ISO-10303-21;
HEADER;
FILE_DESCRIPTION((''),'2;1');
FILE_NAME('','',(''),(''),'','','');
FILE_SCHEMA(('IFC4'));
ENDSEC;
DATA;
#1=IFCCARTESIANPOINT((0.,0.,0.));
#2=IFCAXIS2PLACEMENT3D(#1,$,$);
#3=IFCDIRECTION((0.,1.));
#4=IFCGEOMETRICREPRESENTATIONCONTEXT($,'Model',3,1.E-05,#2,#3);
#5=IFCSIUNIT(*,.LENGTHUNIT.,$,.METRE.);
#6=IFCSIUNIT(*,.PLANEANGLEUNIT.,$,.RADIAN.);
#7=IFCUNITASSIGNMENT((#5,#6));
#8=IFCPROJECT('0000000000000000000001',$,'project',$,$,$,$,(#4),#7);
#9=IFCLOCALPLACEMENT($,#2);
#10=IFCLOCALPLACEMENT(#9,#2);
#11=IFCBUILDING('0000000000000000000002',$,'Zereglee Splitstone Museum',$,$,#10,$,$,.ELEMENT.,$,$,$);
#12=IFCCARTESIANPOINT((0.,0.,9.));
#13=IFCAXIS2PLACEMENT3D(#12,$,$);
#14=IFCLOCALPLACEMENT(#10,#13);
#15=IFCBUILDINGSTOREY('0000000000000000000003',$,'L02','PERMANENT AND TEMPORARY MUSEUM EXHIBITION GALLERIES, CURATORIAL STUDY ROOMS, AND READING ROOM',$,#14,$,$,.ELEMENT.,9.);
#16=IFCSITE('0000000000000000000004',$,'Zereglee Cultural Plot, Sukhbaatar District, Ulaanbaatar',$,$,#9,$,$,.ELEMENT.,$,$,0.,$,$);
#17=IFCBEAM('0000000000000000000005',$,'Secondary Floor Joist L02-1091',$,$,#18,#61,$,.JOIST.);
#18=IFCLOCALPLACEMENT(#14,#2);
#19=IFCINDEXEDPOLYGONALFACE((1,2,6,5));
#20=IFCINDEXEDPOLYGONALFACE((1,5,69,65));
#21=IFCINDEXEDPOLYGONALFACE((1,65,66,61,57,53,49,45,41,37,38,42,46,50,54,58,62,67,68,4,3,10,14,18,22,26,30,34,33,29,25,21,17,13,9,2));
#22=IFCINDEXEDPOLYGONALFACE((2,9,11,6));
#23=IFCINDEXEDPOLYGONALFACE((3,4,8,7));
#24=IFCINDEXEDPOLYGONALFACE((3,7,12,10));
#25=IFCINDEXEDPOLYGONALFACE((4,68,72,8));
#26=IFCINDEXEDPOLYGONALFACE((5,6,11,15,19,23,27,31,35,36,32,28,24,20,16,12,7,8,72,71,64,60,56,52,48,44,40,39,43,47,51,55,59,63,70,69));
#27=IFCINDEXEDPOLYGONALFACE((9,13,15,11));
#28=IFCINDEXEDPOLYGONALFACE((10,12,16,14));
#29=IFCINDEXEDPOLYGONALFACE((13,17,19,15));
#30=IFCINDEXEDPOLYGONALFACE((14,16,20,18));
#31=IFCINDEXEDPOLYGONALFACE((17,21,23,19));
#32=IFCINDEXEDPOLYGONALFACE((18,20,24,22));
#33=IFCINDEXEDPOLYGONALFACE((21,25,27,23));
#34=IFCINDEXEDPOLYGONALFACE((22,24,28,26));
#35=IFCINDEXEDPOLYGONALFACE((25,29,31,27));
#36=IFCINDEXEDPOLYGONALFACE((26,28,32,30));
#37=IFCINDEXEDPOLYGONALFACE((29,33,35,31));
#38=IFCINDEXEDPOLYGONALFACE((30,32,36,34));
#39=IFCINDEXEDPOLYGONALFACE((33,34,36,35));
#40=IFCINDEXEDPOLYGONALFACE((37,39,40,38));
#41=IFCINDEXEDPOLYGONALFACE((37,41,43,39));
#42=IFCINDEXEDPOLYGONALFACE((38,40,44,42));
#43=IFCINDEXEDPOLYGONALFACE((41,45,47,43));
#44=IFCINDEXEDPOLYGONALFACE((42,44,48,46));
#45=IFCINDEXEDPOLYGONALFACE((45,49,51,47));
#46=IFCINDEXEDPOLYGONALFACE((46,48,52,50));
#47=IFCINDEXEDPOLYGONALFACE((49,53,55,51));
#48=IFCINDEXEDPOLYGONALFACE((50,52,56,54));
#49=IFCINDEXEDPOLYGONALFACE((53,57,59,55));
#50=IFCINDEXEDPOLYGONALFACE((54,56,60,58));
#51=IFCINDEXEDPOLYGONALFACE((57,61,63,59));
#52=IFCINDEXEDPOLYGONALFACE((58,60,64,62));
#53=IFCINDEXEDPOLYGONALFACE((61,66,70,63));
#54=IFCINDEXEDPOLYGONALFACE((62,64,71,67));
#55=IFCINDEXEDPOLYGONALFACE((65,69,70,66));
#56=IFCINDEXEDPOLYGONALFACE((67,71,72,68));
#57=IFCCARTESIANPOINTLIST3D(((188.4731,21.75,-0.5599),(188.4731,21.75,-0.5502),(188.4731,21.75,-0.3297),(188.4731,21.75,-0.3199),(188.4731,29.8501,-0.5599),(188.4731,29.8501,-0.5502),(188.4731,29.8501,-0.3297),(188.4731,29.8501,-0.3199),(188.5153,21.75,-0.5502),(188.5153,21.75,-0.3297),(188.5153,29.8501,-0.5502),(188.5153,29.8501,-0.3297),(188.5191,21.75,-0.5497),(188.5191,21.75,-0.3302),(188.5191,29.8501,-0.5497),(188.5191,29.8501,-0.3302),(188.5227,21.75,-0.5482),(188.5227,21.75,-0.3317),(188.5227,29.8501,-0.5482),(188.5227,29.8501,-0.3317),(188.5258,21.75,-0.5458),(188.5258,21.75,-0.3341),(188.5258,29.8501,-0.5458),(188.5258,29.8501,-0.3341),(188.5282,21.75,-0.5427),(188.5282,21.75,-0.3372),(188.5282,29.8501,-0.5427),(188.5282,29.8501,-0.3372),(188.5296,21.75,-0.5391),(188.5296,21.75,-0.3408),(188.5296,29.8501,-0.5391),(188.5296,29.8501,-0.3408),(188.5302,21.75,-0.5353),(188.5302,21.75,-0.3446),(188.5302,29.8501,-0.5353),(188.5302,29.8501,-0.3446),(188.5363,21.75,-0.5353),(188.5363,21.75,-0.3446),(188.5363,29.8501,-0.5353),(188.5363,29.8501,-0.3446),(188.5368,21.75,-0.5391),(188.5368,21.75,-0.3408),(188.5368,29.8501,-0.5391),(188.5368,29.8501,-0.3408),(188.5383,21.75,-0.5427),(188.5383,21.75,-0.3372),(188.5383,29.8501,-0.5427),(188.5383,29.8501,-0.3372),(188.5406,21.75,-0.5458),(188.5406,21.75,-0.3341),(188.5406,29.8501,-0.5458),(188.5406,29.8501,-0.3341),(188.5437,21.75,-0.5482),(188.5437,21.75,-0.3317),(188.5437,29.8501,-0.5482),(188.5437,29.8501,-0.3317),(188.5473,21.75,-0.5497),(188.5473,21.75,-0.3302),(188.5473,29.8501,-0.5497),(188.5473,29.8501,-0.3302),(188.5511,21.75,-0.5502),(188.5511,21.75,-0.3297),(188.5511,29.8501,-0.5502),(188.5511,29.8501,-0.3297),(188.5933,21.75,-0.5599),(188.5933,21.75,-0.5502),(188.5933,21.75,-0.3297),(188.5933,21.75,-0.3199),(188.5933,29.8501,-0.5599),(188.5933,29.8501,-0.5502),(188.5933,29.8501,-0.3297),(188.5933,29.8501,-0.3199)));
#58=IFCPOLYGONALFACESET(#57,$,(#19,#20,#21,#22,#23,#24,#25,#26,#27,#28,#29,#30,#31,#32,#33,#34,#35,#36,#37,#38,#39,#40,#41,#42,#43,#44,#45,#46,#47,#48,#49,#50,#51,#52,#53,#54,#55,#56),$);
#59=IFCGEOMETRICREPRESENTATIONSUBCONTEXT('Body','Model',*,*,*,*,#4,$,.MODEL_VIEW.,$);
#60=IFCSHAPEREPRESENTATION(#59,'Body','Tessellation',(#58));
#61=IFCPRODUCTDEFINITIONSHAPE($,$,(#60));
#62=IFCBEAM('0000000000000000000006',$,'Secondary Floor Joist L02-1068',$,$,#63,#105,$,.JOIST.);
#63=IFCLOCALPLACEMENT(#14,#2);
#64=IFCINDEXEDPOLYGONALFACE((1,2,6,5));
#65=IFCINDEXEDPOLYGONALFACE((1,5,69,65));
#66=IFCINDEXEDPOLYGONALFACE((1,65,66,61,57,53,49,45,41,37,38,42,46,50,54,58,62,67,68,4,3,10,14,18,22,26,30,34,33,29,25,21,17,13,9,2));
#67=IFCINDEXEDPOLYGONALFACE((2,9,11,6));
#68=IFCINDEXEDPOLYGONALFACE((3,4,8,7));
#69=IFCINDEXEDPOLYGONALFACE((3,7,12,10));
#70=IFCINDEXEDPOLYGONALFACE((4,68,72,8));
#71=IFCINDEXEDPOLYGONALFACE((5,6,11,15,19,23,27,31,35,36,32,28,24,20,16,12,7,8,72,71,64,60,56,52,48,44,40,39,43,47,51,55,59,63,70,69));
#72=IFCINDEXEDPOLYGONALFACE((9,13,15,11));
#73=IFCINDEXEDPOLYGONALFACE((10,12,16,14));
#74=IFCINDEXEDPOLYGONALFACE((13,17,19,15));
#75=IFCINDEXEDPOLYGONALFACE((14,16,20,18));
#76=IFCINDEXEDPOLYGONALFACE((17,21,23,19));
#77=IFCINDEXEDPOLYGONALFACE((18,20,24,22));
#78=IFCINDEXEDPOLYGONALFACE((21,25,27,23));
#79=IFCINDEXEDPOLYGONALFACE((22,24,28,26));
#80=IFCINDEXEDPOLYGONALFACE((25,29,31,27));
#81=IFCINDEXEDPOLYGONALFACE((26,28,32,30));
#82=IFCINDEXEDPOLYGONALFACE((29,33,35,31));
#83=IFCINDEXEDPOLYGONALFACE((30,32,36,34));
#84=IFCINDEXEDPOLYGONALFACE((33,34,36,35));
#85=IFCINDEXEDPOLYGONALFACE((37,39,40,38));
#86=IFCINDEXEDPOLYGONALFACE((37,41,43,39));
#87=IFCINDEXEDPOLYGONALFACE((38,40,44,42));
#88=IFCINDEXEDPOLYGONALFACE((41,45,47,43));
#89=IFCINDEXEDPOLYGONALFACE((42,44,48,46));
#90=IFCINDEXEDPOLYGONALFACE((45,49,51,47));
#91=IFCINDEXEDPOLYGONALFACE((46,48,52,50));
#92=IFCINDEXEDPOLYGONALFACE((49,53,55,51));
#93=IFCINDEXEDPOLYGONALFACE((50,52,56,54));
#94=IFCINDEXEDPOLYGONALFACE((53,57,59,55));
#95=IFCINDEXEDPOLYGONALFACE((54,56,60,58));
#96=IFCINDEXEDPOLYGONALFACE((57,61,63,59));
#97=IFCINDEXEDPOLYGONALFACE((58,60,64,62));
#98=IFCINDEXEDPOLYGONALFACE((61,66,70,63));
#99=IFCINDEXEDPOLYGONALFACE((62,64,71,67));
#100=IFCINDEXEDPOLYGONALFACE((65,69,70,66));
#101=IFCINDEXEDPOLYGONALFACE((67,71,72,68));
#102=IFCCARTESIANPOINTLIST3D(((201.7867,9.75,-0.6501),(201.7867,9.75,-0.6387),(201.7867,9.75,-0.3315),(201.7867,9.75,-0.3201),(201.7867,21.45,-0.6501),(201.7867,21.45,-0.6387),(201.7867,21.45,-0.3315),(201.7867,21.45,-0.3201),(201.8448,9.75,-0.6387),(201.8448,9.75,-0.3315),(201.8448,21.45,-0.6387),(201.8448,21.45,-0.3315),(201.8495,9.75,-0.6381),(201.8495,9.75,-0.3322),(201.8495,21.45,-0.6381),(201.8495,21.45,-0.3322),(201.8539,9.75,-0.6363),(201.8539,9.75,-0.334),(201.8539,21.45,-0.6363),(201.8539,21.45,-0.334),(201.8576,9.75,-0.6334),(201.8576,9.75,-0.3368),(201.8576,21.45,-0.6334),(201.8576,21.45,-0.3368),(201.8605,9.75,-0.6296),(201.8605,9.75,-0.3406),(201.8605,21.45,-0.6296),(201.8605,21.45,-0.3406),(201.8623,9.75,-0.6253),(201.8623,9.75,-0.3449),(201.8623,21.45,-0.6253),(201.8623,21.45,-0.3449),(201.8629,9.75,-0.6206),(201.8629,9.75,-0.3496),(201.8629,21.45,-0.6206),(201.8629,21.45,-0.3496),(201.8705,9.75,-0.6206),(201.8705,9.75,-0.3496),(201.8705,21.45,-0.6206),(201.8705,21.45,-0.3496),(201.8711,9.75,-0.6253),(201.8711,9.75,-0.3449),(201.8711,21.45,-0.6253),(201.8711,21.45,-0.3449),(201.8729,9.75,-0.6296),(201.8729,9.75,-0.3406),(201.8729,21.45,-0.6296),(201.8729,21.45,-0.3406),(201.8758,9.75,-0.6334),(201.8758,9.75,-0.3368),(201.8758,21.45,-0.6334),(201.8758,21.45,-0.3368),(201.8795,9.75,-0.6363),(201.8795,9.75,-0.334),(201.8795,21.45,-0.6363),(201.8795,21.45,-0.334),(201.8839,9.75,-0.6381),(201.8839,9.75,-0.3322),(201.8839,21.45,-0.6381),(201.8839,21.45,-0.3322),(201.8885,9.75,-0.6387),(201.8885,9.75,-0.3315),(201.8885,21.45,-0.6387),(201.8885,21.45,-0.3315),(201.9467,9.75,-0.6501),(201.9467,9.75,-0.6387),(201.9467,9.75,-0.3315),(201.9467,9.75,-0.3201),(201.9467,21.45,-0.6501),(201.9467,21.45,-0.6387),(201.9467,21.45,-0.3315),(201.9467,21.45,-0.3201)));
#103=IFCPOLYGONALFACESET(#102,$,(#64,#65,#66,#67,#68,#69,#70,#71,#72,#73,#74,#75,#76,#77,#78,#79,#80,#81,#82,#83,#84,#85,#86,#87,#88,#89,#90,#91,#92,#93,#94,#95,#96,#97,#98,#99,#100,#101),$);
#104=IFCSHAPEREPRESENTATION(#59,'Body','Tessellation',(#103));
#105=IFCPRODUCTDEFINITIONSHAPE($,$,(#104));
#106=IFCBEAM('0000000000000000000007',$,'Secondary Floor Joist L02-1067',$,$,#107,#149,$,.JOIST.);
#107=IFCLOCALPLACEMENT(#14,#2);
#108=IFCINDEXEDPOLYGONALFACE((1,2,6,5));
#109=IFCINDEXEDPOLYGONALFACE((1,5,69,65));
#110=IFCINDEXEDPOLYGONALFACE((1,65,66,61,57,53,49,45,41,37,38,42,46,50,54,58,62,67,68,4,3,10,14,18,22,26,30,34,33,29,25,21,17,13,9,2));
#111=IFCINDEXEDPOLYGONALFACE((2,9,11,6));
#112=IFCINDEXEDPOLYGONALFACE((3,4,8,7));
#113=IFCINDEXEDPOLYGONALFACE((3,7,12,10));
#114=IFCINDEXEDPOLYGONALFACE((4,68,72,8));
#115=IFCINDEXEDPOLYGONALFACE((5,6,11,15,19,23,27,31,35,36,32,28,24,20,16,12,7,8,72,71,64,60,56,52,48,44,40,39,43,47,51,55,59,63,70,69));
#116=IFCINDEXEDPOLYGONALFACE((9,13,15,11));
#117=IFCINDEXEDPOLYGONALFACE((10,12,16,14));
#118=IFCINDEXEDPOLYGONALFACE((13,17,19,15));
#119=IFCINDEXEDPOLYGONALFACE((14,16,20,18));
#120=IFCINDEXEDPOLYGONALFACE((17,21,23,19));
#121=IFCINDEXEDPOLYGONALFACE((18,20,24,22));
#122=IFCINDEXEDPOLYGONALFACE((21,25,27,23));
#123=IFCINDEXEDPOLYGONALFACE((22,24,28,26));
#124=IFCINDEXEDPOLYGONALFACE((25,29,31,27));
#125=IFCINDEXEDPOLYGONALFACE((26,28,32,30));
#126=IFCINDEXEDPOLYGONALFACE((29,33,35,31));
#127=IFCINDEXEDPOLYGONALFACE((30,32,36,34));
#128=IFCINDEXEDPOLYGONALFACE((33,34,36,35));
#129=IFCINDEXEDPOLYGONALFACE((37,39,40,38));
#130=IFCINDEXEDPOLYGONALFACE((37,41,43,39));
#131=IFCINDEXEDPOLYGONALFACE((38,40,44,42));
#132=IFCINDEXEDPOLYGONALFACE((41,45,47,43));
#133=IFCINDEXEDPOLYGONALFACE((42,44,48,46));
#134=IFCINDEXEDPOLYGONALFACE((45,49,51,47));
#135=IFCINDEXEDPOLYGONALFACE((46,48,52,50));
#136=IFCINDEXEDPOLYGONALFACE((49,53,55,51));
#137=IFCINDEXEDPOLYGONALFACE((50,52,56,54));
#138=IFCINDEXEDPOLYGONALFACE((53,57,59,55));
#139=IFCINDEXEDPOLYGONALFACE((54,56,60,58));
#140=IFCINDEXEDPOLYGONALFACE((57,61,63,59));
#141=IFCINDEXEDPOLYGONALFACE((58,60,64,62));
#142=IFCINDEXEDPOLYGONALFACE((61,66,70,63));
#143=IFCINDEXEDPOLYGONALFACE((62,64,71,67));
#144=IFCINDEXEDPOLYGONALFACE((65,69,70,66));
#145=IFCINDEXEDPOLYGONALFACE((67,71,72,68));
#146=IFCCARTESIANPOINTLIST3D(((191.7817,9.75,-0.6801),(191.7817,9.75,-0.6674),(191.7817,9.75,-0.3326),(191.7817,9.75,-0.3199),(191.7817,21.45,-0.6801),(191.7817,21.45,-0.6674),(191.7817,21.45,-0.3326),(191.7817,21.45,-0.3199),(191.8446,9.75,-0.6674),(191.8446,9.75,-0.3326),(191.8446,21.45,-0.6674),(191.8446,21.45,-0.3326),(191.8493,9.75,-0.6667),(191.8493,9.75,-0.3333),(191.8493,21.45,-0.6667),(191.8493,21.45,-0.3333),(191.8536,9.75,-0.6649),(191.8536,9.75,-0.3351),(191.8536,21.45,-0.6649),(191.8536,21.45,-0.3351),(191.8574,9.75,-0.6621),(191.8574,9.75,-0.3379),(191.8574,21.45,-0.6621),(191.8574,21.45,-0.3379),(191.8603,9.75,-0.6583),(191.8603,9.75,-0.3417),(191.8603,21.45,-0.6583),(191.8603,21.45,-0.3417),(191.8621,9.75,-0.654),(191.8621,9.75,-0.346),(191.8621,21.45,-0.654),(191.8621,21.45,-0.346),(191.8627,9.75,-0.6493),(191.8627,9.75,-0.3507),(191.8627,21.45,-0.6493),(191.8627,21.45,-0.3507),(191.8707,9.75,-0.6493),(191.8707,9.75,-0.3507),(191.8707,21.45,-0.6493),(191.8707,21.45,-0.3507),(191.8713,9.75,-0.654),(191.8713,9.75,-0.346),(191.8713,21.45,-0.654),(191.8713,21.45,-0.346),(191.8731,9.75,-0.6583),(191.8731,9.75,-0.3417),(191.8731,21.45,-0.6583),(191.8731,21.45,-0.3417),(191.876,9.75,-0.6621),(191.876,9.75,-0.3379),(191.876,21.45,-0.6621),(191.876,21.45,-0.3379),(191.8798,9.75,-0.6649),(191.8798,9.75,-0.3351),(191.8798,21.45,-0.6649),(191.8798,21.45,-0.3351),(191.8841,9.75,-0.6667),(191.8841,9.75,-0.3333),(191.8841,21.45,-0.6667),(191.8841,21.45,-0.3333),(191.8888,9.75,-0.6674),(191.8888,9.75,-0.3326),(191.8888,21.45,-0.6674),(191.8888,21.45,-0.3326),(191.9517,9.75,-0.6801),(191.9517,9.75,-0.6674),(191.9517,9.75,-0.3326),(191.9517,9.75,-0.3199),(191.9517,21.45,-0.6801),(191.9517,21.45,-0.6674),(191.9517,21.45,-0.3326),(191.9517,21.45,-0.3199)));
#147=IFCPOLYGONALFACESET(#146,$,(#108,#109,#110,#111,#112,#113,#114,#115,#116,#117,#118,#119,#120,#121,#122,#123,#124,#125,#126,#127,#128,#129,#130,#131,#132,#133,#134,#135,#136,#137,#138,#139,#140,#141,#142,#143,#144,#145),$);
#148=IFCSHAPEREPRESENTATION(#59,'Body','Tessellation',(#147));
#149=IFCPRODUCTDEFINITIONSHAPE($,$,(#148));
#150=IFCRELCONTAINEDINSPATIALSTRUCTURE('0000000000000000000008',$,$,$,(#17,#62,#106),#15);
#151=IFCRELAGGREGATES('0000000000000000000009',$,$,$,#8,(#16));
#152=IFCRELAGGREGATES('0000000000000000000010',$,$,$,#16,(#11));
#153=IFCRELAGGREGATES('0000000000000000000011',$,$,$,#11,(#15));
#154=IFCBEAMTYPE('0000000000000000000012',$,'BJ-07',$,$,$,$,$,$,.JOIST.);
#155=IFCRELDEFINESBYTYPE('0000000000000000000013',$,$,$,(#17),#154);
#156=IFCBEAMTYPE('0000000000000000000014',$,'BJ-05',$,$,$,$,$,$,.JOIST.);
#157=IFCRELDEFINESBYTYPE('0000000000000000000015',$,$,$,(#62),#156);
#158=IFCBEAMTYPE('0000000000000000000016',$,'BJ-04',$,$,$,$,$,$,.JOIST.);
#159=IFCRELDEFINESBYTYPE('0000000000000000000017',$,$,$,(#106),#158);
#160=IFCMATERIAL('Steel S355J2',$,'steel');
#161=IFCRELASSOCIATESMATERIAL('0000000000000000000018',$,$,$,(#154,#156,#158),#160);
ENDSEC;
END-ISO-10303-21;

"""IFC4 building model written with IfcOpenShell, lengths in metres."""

from ifc_helpers import new_model, si_unit, direction, frame, origin, origin_2d, place, context, subcontext, project, spatial, i_section, extrude, material, material_profile, profile_set, type_object, element, save


model = new_model("IFC4")

# Units and contexts
model_context = context("Model", 3, precision=1e-05, world=origin(), true_north=direction((0.0, 1.0)))
body_context = subcontext(model_context, "Body", "Model", "MODEL_VIEW")
ifc_project = project(units=[si_unit("LENGTHUNIT", "METRE"), si_unit("PLANEANGLEUNIT", "RADIAN")], contexts=[model_context])

# Site, building, storey
site_placement = place(None, origin())
site = spatial("IfcSite", under=ifc_project, at=site_placement, Name="Zereglee Cultural Plot, Sukhbaatar District, Ulaanbaatar", CompositionType="ELEMENT", RefElevation=0.0)
building_placement = place(site_placement, origin())
building = spatial("IfcBuilding", under=site, at=building_placement, Name="Zereglee Splitstone Museum", CompositionType="ELEMENT")
storey_placement = place(building_placement, frame((0.0, 0.0, 9.0)))
storey = spatial("IfcBuildingStorey", under=building, at=storey_placement, Name="L02", Description="PERMANENT AND TEMPORARY MUSEUM EXHIBITION GALLERIES, CURATORIAL STUDY ROOMS, AND READING ROOM", CompositionType="ELEMENT", Elevation=9.0)

# Shared definitions
ifc_material_1 = material(Name="Steel S355J2", Category="steel")

# Beams
ifc_material_profile_1 = material_profile(ifc_material_1, i_section(OverallWidth=0.1201, OverallDepth=0.24, WebThickness=0.0061, FlangeThickness=0.0098, FilletRadius=0.0149, at=origin_2d()), Name="IPE 240")
ifc_profile_set_1 = profile_set([ifc_material_profile_1], Name="Steel S355J2")
beam_type_1 = type_object("IfcBeamType", Name="BJ-07", PredefinedType="JOIST", material=ifc_profile_set_1)
beam_1_placement = place(storey_placement, frame((188.5332, 21.75, -0.4399), z_axis=(0.0, 1.0, 0.0), x_axis=(-1.0, 0.0, 0.0)))
element("IfcBeam", 1, at=beam_1_placement, inside=storey, type_object=beam_type_1, Name="Secondary Floor Joist L02-1091", PredefinedType="JOIST", context=body_context, shape_type="SweptSolid", body=[
    extrude(i_section(OverallWidth=0.1201, OverallDepth=0.24, WebThickness=0.0061, FlangeThickness=0.0098, FilletRadius=0.0149, at=origin_2d()), origin(), (0.0, 0.0, 1.0), 8.1001),
])
ifc_material_profile_2 = material_profile(ifc_material_1, i_section(OverallWidth=0.1599, OverallDepth=0.3301, WebThickness=0.0076, FlangeThickness=0.0115, FilletRadius=0.0181, at=origin_2d()), Name="IPE 330")
ifc_profile_set_2 = profile_set([ifc_material_profile_2], Name="Steel S355J2")
beam_type_2 = type_object("IfcBeamType", Name="BJ-05", PredefinedType="JOIST", material=ifc_profile_set_2)
beam_2_placement = place(storey_placement, frame((201.8667, 9.75, -0.4851), z_axis=(0.0, 1.0, 0.0), x_axis=(-1.0, 0.0, 0.0)))
element("IfcBeam", 2, at=beam_2_placement, inside=storey, type_object=beam_type_2, Name="Secondary Floor Joist L02-1068", PredefinedType="JOIST", context=body_context, shape_type="SweptSolid", body=[
    extrude(i_section(OverallWidth=0.1599, OverallDepth=0.3301, WebThickness=0.0076, FlangeThickness=0.0115, FilletRadius=0.0181, at=origin_2d()), origin(), (0.0, 0.0, 1.0), 11.7),
])
ifc_material_profile_3 = material_profile(ifc_material_1, i_section(OverallWidth=0.1699, OverallDepth=0.3601, WebThickness=0.0081, FlangeThickness=0.0127, FilletRadius=0.0181, at=origin_2d()), Name="IPE 360")
ifc_profile_set_3 = profile_set([ifc_material_profile_3], Name="Steel S355J2")
beam_type_3 = type_object("IfcBeamType", Name="BJ-04", PredefinedType="JOIST", material=ifc_profile_set_3)
beam_3_placement = place(storey_placement, frame((191.8667, 9.75, -0.5), z_axis=(0.0, 1.0, 0.0), x_axis=(-1.0, 0.0, 0.0)))
element("IfcBeam", 3, at=beam_3_placement, inside=storey, type_object=beam_type_3, Name="Secondary Floor Joist L02-1067", PredefinedType="JOIST", context=body_context, shape_type="SweptSolid", body=[
    extrude(i_section(OverallWidth=0.1699, OverallDepth=0.3601, WebThickness=0.0081, FlangeThickness=0.0127, FilletRadius=0.0181, at=origin_2d()), origin(), (0.0, 0.0, 1.0), 11.7),
])

save(model, "model.ifc")
